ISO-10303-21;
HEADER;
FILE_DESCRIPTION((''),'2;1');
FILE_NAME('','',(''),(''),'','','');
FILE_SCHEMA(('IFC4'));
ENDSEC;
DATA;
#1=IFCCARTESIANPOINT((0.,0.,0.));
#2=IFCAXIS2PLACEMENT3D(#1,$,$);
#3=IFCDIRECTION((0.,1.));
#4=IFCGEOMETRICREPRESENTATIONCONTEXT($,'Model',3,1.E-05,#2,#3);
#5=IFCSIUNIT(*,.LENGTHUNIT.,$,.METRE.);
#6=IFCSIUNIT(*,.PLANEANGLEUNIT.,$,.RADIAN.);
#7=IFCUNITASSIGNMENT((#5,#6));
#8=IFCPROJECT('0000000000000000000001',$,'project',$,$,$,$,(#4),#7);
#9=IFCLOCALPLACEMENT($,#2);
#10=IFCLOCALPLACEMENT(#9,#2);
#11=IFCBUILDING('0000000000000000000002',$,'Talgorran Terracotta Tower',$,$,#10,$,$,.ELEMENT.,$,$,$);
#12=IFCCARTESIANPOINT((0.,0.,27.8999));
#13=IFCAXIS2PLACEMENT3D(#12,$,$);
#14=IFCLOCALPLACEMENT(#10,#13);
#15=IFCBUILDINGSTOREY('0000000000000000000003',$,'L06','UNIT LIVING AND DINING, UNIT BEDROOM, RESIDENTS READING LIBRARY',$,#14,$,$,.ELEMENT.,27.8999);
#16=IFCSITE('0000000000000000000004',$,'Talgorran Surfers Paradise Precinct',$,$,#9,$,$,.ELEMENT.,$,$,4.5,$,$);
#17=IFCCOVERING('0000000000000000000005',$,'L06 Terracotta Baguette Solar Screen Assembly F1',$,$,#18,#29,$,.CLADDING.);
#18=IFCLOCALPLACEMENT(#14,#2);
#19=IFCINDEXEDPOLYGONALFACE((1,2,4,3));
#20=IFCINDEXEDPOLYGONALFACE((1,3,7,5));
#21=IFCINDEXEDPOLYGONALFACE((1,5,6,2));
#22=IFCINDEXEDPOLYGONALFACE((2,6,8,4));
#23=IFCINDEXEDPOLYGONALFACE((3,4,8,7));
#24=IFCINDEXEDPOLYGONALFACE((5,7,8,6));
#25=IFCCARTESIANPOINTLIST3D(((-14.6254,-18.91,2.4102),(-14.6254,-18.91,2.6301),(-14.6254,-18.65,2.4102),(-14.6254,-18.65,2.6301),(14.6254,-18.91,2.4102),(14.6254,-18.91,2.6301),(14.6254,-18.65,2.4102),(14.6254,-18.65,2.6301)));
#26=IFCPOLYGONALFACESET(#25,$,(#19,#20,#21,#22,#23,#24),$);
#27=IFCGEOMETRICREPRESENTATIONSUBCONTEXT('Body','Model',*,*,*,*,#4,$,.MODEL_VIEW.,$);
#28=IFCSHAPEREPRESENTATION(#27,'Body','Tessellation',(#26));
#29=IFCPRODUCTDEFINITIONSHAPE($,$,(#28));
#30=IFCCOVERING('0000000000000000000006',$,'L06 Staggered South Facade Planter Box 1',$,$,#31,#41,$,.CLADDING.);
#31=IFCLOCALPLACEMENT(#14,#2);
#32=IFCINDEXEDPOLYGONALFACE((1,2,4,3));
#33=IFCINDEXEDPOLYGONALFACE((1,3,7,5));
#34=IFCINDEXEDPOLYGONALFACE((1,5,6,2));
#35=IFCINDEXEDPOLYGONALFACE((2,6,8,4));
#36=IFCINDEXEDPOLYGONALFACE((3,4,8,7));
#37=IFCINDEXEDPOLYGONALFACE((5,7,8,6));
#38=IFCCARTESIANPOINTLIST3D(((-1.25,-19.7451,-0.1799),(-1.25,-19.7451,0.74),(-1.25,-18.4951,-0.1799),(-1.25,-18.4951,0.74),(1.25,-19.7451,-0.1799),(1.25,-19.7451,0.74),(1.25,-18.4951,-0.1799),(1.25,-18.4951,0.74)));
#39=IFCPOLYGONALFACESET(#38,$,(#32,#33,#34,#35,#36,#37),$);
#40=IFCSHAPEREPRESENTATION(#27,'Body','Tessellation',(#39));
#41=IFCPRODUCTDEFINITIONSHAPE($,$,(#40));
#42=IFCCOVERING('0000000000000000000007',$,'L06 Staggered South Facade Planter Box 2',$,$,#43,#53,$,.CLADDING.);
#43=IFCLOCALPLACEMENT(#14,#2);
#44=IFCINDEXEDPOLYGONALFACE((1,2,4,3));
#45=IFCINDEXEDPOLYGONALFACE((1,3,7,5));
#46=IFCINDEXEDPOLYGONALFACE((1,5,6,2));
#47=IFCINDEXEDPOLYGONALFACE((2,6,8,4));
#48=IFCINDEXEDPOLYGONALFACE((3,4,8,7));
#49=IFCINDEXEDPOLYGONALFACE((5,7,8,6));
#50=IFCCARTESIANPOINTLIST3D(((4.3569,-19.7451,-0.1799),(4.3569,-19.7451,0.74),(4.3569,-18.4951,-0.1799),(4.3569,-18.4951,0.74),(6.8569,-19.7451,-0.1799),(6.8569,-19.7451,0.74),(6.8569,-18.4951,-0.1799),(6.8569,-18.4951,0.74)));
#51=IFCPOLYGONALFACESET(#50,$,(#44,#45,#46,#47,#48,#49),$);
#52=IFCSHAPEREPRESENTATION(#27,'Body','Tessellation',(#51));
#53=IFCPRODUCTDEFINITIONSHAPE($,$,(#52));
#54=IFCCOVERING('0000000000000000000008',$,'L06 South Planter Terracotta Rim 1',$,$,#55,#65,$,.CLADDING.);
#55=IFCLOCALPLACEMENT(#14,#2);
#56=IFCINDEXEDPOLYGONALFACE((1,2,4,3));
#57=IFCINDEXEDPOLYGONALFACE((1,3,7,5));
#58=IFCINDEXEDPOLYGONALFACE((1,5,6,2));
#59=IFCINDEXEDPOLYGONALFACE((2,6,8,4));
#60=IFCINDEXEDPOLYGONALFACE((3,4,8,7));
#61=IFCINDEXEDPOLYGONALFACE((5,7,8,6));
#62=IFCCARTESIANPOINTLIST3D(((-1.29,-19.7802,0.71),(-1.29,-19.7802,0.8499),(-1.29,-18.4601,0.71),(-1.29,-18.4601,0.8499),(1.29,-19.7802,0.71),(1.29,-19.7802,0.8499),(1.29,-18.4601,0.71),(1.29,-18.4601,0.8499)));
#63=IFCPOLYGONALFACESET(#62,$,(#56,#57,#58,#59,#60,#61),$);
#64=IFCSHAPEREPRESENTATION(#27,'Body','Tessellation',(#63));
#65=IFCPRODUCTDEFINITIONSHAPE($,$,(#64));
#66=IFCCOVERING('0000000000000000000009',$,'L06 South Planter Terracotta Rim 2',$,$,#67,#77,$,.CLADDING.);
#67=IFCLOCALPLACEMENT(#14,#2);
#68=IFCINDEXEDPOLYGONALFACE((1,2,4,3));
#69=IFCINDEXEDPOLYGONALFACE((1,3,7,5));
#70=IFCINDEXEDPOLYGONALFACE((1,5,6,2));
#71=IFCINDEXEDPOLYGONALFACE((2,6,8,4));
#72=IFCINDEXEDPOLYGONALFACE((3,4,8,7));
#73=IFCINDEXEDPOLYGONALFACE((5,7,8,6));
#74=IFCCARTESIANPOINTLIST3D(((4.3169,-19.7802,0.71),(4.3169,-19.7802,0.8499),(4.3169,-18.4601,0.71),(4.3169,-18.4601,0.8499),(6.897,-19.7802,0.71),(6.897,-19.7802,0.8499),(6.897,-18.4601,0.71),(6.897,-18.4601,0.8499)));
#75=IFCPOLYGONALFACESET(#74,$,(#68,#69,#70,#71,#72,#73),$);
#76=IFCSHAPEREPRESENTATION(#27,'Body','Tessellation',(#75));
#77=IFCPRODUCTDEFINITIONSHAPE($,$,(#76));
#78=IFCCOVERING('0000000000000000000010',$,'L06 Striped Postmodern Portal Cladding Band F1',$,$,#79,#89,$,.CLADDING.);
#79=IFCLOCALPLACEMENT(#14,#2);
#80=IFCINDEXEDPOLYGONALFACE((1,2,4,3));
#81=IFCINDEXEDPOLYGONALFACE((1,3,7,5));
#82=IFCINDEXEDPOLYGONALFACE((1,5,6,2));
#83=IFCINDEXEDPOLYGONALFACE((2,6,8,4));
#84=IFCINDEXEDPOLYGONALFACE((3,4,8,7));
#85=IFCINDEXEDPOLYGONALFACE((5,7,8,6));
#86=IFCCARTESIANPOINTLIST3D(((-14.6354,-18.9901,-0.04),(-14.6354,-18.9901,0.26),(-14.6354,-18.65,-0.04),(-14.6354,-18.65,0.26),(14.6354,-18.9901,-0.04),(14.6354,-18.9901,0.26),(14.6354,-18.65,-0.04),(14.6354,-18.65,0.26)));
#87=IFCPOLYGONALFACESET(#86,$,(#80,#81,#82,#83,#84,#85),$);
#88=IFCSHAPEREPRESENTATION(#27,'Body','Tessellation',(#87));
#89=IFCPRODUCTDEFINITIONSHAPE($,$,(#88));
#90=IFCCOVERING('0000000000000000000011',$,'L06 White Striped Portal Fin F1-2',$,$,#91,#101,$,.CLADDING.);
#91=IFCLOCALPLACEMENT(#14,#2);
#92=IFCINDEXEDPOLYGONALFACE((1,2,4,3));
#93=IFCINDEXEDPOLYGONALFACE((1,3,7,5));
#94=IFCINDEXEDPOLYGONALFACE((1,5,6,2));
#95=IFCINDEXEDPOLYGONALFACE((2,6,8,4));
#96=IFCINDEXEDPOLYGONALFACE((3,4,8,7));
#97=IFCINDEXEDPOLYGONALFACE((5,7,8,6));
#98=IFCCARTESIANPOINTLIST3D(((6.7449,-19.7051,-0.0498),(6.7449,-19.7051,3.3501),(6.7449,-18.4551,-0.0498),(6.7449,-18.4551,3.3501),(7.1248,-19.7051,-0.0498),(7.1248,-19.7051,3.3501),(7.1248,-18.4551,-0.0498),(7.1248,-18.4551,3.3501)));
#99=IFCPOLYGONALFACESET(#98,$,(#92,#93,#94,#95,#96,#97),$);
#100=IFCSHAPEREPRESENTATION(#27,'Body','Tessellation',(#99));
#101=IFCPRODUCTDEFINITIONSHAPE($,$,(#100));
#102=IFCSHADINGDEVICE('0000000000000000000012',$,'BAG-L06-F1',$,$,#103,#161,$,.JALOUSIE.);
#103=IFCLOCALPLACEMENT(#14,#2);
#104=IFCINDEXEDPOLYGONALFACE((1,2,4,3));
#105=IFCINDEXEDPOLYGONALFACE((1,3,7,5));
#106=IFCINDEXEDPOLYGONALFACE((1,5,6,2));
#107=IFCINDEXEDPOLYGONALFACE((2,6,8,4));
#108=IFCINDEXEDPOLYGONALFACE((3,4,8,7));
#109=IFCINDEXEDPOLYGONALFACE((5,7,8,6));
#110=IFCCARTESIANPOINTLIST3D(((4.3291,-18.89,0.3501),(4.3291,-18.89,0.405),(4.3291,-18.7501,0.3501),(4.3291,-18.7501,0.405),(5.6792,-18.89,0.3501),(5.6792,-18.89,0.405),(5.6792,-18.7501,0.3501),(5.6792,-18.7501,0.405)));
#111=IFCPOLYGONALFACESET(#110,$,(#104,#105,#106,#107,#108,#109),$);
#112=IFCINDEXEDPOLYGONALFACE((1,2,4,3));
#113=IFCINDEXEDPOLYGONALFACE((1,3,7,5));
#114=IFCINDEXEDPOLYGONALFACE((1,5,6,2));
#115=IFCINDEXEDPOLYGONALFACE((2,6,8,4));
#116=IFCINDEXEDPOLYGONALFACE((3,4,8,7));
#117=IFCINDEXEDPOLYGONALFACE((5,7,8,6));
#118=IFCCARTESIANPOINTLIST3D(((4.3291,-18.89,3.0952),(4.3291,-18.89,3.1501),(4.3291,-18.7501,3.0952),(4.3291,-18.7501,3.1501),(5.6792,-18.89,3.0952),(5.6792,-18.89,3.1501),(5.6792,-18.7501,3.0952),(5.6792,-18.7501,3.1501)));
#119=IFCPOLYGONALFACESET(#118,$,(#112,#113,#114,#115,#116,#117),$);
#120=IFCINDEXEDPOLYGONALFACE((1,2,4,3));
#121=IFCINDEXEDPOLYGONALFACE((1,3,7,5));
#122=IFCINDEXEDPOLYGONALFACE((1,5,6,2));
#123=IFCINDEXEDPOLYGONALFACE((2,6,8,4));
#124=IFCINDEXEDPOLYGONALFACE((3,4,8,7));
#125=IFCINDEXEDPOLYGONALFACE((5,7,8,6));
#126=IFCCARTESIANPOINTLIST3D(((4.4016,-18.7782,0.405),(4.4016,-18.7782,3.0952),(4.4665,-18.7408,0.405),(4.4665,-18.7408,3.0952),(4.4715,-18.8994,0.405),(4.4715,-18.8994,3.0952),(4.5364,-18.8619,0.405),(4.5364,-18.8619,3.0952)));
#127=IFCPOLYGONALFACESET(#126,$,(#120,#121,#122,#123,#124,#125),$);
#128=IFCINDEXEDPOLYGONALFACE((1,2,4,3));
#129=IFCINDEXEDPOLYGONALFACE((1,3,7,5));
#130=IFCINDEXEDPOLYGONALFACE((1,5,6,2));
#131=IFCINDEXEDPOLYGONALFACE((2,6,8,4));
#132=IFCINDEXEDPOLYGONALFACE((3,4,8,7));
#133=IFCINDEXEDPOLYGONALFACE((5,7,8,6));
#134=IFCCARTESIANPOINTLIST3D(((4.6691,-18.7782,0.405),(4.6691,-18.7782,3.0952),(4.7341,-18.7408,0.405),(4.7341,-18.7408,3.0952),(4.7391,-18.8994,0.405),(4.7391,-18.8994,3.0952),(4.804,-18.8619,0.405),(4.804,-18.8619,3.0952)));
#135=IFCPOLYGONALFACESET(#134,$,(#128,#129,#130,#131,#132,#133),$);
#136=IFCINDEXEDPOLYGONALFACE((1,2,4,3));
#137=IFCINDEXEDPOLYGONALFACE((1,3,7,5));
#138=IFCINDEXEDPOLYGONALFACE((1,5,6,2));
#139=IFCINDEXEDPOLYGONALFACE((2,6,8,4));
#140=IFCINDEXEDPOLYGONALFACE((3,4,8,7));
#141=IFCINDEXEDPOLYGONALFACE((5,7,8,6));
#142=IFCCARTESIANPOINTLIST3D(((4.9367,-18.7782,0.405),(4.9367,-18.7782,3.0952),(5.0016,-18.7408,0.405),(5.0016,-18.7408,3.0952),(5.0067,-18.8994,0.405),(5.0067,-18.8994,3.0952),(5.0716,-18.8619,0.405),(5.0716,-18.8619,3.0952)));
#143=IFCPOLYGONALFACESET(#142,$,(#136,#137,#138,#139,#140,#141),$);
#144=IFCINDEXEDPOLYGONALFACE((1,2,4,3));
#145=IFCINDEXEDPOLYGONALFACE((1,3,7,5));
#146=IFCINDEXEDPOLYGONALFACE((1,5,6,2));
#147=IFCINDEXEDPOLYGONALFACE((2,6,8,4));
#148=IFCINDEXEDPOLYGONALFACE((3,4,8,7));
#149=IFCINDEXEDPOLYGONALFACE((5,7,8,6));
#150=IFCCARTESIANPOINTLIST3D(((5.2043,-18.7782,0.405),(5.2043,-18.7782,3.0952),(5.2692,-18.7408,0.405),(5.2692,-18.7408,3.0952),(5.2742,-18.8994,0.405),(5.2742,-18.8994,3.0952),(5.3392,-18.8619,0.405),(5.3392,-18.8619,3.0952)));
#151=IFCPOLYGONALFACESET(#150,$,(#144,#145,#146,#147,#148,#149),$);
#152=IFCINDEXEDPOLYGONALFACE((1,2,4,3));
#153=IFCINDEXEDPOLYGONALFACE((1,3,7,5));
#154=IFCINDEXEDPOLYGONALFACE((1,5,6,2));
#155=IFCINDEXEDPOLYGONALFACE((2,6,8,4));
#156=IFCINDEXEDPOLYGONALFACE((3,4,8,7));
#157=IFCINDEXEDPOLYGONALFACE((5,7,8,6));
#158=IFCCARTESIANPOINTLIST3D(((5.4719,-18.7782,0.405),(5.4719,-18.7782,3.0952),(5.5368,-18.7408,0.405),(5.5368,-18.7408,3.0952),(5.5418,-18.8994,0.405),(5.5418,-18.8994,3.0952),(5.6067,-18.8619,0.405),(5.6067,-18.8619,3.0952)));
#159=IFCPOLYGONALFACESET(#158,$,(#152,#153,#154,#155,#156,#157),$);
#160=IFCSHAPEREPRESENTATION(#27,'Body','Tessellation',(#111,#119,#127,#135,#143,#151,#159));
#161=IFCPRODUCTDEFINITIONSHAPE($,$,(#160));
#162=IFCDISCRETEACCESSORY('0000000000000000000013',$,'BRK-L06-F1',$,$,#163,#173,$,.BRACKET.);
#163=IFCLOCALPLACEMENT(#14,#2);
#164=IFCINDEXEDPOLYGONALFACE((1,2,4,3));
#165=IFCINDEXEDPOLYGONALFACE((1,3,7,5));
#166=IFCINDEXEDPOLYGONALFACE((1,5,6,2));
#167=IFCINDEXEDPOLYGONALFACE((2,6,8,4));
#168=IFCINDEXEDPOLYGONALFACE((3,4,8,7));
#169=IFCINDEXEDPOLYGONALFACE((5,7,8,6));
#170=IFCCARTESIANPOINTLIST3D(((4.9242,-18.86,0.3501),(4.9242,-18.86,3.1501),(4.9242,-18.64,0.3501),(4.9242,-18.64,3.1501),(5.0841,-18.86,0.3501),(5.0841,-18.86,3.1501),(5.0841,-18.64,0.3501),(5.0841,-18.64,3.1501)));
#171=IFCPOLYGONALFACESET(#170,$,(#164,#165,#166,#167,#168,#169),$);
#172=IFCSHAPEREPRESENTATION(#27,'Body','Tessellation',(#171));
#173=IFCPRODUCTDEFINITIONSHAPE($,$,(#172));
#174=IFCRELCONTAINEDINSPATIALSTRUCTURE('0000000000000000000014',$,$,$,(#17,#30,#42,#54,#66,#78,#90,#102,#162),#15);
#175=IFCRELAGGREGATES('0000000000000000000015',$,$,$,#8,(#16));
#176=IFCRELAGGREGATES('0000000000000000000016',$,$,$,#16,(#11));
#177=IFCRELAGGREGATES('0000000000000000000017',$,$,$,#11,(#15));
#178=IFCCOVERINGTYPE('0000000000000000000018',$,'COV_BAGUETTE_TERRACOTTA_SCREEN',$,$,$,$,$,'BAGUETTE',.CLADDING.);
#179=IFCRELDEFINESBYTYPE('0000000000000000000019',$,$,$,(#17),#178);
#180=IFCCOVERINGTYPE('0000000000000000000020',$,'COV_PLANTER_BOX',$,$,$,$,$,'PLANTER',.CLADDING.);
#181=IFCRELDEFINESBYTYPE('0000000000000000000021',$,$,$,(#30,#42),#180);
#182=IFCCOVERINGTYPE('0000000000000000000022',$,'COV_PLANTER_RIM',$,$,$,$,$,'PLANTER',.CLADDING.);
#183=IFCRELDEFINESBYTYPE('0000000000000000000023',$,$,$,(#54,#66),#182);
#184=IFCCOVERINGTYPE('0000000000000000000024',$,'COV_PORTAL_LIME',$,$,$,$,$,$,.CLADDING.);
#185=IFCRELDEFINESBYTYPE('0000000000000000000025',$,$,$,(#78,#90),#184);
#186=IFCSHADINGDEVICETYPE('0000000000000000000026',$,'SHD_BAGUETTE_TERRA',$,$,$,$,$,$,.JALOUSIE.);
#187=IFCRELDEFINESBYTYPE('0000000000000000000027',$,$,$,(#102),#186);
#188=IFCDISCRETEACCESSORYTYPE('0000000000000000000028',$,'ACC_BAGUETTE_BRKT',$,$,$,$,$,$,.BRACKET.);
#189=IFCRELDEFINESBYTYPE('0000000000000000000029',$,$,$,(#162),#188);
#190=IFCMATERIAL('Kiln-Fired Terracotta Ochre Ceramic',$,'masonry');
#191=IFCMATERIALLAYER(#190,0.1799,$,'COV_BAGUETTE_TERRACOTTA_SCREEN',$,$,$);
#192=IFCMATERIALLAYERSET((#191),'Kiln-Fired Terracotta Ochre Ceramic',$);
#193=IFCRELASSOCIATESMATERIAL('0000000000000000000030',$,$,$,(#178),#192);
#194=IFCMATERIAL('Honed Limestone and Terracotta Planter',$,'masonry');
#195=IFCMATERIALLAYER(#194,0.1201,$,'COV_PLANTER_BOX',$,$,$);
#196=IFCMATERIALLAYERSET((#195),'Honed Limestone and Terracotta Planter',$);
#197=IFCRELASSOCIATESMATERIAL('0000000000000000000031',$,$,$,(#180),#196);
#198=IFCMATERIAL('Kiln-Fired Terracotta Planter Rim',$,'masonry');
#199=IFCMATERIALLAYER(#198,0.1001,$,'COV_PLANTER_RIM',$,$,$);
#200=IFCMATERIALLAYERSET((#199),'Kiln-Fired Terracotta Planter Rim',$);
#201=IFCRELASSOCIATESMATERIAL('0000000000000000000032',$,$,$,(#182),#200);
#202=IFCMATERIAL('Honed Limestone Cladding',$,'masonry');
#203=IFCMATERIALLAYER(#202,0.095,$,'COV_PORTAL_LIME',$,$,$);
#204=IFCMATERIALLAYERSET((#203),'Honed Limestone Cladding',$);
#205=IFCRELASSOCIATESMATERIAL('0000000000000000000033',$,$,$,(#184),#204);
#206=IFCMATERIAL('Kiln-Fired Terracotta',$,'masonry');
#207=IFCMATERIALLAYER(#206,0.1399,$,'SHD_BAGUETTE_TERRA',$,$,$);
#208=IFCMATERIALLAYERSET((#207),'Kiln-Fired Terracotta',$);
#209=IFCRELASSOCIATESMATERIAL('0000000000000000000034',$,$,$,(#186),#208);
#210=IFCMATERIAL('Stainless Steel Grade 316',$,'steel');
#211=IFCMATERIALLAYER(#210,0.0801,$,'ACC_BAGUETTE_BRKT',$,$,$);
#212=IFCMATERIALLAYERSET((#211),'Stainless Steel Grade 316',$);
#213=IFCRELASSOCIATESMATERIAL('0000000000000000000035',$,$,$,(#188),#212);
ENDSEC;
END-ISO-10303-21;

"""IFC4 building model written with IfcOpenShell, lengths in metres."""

from ifc_helpers import new_model, si_unit, direction, frame, origin, origin_2d, place, context, subcontext, project, spatial, rectangle, extrude, source, transform, mapped, material, layer, layer_set, type_object, type_shapes, element, save


model = new_model("IFC4")

# Units and contexts
model_context = context("Model", 3, precision=1e-05, world=origin(), true_north=direction((0.0, 1.0)))
body_context = subcontext(model_context, "Body", "Model", "MODEL_VIEW")
ifc_project = project(units=[si_unit("LENGTHUNIT", "METRE"), si_unit("PLANEANGLEUNIT", "RADIAN")], contexts=[model_context])

# Site, building, storey
site_placement = place(None, origin())
site = spatial("IfcSite", under=ifc_project, at=site_placement, Name="Talgorran Surfers Paradise Precinct", CompositionType="ELEMENT", RefElevation=4.5)
building_placement = place(site_placement, origin())
building = spatial("IfcBuilding", under=site, at=building_placement, Name="Talgorran Terracotta Tower", CompositionType="ELEMENT")
storey_placement = place(building_placement, frame((0.0, 0.0, 27.8999)))
storey = spatial("IfcBuildingStorey", under=building, at=storey_placement, Name="L06", Description="UNIT LIVING AND DINING, UNIT BEDROOM, RESIDENTS READING LIBRARY", CompositionType="ELEMENT", Elevation=27.8999)

# Coverings
ifc_material_1 = material(Name="Kiln-Fired Terracotta Ochre Ceramic", Category="masonry")
ifc_layer_1 = layer(ifc_material_1, 0.1799, Name="COV_BAGUETTE_TERRACOTTA_SCREEN")
ifc_layer_set_1 = layer_set([ifc_layer_1], Name="Kiln-Fired Terracotta Ochre Ceramic")
covering_type_1 = type_object("IfcCoveringType", Name="COV_BAGUETTE_TERRACOTTA_SCREEN", ElementType="BAGUETTE", PredefinedType="CLADDING", material=ifc_layer_set_1)
covering_1_placement = place(storey_placement, frame((0.0, -18.78, 2.4102), z_axis=(0.0, 0.0, 1.0), x_axis=(1.0, 0.0, 0.0)))
element("IfcCovering", 1, at=covering_1_placement, inside=storey, type_object=covering_type_1, Name="L06 Terracotta Baguette Solar Screen Assembly F1", PredefinedType="CLADDING", context=body_context, shape_type="SweptSolid", body=[
    extrude(rectangle(XDim=29.2507, YDim=0.26, at=origin_2d()), origin(), (0.0, 0.0, 1.0), 0.22),
])
ifc_material_2 = material(Name="Honed Limestone and Terracotta Planter", Category="masonry")
ifc_layer_2 = layer(ifc_material_2, 0.1201, Name="COV_PLANTER_BOX")
ifc_layer_set_2 = layer_set([ifc_layer_2], Name="Honed Limestone and Terracotta Planter")
covering_type_2 = type_object("IfcCoveringType", Name="COV_PLANTER_BOX", ElementType="PLANTER", PredefinedType="CLADDING", material=ifc_layer_set_2)
for number, where, z_axis, x_axis, name in (
    (2, (0.0, -19.1201, -0.1799), (0.0, 0.0, 1.0), (1.0, 0.0, 0.0), "L06 Staggered South Facade Planter Box 1"),
    (3, (5.6069, -19.1201, -0.1799), (0.0, 0.0, 1.0), (1.0, 0.0, 0.0), "L06 Staggered South Facade Planter Box 2"),
):
    element("IfcCovering", number, at=place(storey_placement, frame(where, z_axis=z_axis, x_axis=x_axis)), inside=storey, type_object=covering_type_2, Name=name, PredefinedType="CLADDING", context=body_context, shape_type="SweptSolid", body=[
        extrude(rectangle(XDim=2.5, YDim=1.25, at=origin_2d()), origin(), (0.0, 0.0, 1.0), 0.9199),
    ])
ifc_material_3 = material(Name="Kiln-Fired Terracotta Planter Rim", Category="masonry")
ifc_layer_3 = layer(ifc_material_3, 0.1001, Name="COV_PLANTER_RIM")
ifc_layer_set_3 = layer_set([ifc_layer_3], Name="Kiln-Fired Terracotta Planter Rim")
covering_type_3 = type_object("IfcCoveringType", Name="COV_PLANTER_RIM", ElementType="PLANTER", PredefinedType="CLADDING", material=ifc_layer_set_3)
for number, where, z_axis, x_axis, name in (
    (4, (0.0, -19.1201, 0.71), (0.0, 0.0, 1.0), (1.0, 0.0, 0.0), "L06 South Planter Terracotta Rim 1"),
    (5, (5.6069, -19.1201, 0.71), (0.0, 0.0, 1.0), (1.0, 0.0, 0.0), "L06 South Planter Terracotta Rim 2"),
):
    element("IfcCovering", number, at=place(storey_placement, frame(where, z_axis=z_axis, x_axis=x_axis)), inside=storey, type_object=covering_type_3, Name=name, PredefinedType="CLADDING", context=body_context, shape_type="SweptSolid", body=[
        extrude(rectangle(XDim=2.5801, YDim=1.3201, at=origin_2d()), origin(), (0.0, 0.0, 1.0), 0.1399),
    ])
ifc_material_4 = material(Name="Honed Limestone Cladding", Category="masonry")
ifc_layer_4 = layer(ifc_material_4, 0.095, Name="COV_PORTAL_LIME")
ifc_layer_set_4 = layer_set([ifc_layer_4], Name="Honed Limestone Cladding")
covering_type_4 = type_object("IfcCoveringType", Name="COV_PORTAL_LIME", PredefinedType="CLADDING", material=ifc_layer_set_4)
covering_2_placement = place(storey_placement, frame((0.0, -18.8201, -0.04), z_axis=(0.0, 0.0, 1.0), x_axis=(1.0, 0.0, 0.0)))
element("IfcCovering", 6, at=covering_2_placement, inside=storey, type_object=covering_type_4, Name="L06 Striped Postmodern Portal Cladding Band F1", PredefinedType="CLADDING", context=body_context, shape_type="SweptSolid", body=[
    extrude(rectangle(XDim=29.2708, YDim=0.3401, at=origin_2d()), origin(), (0.0, 0.0, 1.0), 0.3),
])
covering_3_placement = place(storey_placement, frame((6.9348, -19.0801, -0.0498), z_axis=(0.0, 0.0, 1.0), x_axis=(1.0, 0.0, 0.0)))
element("IfcCovering", 7, at=covering_3_placement, inside=storey, type_object=covering_type_4, Name="L06 White Striped Portal Fin F1-2", PredefinedType="CLADDING", context=body_context, shape_type="SweptSolid", body=[
    extrude(rectangle(XDim=0.3799, YDim=1.25, at=origin_2d()), origin(), (0.0, 0.0, 1.0), 3.3999),
])

# Shading device
ifc_material_5 = material(Name="Kiln-Fired Terracotta", Category="masonry")
ifc_layer_5 = layer(ifc_material_5, 0.1399, Name="SHD_BAGUETTE_TERRA")
ifc_layer_set_5 = layer_set([ifc_layer_5], Name="Kiln-Fired Terracotta")
shading_device_type = type_object("IfcShadingDeviceType", Name="SHD_BAGUETTE_TERRA", PredefinedType="JALOUSIE", material=ifc_layer_set_5)
shared_shape_1 = source(origin(), body_context, "Body", "SweptSolid", [
    extrude(rectangle(XDim=1.3501, YDim=0.1399, at=origin_2d()), origin(), (0.0, 0.0, 1.0), 0.0549),
    extrude(rectangle(XDim=1.3501, YDim=0.1399, at=origin_2d()), frame((0.0, 0.0, 2.7451)), (0.0, 0.0, 1.0), 0.0549),
    extrude(rectangle(XDim=0.075, YDim=0.1399, at=origin_2d()), frame((-0.5352, 0.0, 0.0549), z_axis=(0.0, 0.0, 1.0), x_axis=(0.866025, 0.5, 0.0)), (0.0, 0.0, 1.0), 2.6902),
    extrude(rectangle(XDim=0.075, YDim=0.1399, at=origin_2d()), frame((-0.2676, 0.0, 0.0549), z_axis=(0.0, 0.0, 1.0), x_axis=(0.866025, 0.5, 0.0)), (0.0, 0.0, 1.0), 2.6902),
    extrude(rectangle(XDim=0.075, YDim=0.1399, at=origin_2d()), frame((0.0, 0.0, 0.0549), z_axis=(0.0, 0.0, 1.0), x_axis=(0.866025, 0.5, 0.0)), (0.0, 0.0, 1.0), 2.6902),
    extrude(rectangle(XDim=0.075, YDim=0.1399, at=origin_2d()), frame((0.2676, 0.0, 0.0549), z_axis=(0.0, 0.0, 1.0), x_axis=(0.866025, 0.5, 0.0)), (0.0, 0.0, 1.0), 2.6902),
    extrude(rectangle(XDim=0.075, YDim=0.1399, at=origin_2d()), frame((0.5352, 0.0, 0.0549), z_axis=(0.0, 0.0, 1.0), x_axis=(0.866025, 0.5, 0.0)), (0.0, 0.0, 1.0), 2.6902),
])
type_shapes(shading_device_type, [shared_shape_1])
shading_device_placement = place(storey_placement, frame((5.0042, -18.8201, 0.3501), z_axis=(0.0, 0.0, 1.0), x_axis=(1.0, 0.0, 0.0)))
element("IfcShadingDevice", 8, at=shading_device_placement, inside=storey, type_object=shading_device_type, Name="BAG-L06-F1", PredefinedType="JALOUSIE", context=body_context, shape_type="MappedRepresentation", body=[
    mapped(shared_shape_1, transform((0.0, 0.0, 0.0), scale=1.0)),
])

# Discrete accessory
ifc_material_6 = material(Name="Stainless Steel Grade 316", Category="steel")
ifc_layer_6 = layer(ifc_material_6, 0.0801, Name="ACC_BAGUETTE_BRKT")
ifc_layer_set_6 = layer_set([ifc_layer_6], Name="Stainless Steel Grade 316")
discrete_accessory_type = type_object("IfcDiscreteAccessoryType", Name="ACC_BAGUETTE_BRKT", PredefinedType="BRACKET", material=ifc_layer_set_6)
shared_shape_2 = source(origin(), body_context, "Body", "SweptSolid", [
    extrude(rectangle(XDim=0.1599, YDim=0.22, at=origin_2d()), origin(), (0.0, 0.0, 1.0), 2.8),
])
type_shapes(discrete_accessory_type, [shared_shape_2])
discrete_accessory_placement = place(storey_placement, frame((5.0042, -18.75, 0.3501), z_axis=(0.0, 0.0, 1.0), x_axis=(1.0, 0.0, 0.0)))
element("IfcDiscreteAccessory", 9, at=discrete_accessory_placement, inside=storey, type_object=discrete_accessory_type, Name="BRK-L06-F1", PredefinedType="BRACKET", context=body_context, shape_type="MappedRepresentation", body=[
    mapped(shared_shape_2, transform((0.0, 0.0, 0.0), scale=1.0)),
])

save(model, "model.ifc")
